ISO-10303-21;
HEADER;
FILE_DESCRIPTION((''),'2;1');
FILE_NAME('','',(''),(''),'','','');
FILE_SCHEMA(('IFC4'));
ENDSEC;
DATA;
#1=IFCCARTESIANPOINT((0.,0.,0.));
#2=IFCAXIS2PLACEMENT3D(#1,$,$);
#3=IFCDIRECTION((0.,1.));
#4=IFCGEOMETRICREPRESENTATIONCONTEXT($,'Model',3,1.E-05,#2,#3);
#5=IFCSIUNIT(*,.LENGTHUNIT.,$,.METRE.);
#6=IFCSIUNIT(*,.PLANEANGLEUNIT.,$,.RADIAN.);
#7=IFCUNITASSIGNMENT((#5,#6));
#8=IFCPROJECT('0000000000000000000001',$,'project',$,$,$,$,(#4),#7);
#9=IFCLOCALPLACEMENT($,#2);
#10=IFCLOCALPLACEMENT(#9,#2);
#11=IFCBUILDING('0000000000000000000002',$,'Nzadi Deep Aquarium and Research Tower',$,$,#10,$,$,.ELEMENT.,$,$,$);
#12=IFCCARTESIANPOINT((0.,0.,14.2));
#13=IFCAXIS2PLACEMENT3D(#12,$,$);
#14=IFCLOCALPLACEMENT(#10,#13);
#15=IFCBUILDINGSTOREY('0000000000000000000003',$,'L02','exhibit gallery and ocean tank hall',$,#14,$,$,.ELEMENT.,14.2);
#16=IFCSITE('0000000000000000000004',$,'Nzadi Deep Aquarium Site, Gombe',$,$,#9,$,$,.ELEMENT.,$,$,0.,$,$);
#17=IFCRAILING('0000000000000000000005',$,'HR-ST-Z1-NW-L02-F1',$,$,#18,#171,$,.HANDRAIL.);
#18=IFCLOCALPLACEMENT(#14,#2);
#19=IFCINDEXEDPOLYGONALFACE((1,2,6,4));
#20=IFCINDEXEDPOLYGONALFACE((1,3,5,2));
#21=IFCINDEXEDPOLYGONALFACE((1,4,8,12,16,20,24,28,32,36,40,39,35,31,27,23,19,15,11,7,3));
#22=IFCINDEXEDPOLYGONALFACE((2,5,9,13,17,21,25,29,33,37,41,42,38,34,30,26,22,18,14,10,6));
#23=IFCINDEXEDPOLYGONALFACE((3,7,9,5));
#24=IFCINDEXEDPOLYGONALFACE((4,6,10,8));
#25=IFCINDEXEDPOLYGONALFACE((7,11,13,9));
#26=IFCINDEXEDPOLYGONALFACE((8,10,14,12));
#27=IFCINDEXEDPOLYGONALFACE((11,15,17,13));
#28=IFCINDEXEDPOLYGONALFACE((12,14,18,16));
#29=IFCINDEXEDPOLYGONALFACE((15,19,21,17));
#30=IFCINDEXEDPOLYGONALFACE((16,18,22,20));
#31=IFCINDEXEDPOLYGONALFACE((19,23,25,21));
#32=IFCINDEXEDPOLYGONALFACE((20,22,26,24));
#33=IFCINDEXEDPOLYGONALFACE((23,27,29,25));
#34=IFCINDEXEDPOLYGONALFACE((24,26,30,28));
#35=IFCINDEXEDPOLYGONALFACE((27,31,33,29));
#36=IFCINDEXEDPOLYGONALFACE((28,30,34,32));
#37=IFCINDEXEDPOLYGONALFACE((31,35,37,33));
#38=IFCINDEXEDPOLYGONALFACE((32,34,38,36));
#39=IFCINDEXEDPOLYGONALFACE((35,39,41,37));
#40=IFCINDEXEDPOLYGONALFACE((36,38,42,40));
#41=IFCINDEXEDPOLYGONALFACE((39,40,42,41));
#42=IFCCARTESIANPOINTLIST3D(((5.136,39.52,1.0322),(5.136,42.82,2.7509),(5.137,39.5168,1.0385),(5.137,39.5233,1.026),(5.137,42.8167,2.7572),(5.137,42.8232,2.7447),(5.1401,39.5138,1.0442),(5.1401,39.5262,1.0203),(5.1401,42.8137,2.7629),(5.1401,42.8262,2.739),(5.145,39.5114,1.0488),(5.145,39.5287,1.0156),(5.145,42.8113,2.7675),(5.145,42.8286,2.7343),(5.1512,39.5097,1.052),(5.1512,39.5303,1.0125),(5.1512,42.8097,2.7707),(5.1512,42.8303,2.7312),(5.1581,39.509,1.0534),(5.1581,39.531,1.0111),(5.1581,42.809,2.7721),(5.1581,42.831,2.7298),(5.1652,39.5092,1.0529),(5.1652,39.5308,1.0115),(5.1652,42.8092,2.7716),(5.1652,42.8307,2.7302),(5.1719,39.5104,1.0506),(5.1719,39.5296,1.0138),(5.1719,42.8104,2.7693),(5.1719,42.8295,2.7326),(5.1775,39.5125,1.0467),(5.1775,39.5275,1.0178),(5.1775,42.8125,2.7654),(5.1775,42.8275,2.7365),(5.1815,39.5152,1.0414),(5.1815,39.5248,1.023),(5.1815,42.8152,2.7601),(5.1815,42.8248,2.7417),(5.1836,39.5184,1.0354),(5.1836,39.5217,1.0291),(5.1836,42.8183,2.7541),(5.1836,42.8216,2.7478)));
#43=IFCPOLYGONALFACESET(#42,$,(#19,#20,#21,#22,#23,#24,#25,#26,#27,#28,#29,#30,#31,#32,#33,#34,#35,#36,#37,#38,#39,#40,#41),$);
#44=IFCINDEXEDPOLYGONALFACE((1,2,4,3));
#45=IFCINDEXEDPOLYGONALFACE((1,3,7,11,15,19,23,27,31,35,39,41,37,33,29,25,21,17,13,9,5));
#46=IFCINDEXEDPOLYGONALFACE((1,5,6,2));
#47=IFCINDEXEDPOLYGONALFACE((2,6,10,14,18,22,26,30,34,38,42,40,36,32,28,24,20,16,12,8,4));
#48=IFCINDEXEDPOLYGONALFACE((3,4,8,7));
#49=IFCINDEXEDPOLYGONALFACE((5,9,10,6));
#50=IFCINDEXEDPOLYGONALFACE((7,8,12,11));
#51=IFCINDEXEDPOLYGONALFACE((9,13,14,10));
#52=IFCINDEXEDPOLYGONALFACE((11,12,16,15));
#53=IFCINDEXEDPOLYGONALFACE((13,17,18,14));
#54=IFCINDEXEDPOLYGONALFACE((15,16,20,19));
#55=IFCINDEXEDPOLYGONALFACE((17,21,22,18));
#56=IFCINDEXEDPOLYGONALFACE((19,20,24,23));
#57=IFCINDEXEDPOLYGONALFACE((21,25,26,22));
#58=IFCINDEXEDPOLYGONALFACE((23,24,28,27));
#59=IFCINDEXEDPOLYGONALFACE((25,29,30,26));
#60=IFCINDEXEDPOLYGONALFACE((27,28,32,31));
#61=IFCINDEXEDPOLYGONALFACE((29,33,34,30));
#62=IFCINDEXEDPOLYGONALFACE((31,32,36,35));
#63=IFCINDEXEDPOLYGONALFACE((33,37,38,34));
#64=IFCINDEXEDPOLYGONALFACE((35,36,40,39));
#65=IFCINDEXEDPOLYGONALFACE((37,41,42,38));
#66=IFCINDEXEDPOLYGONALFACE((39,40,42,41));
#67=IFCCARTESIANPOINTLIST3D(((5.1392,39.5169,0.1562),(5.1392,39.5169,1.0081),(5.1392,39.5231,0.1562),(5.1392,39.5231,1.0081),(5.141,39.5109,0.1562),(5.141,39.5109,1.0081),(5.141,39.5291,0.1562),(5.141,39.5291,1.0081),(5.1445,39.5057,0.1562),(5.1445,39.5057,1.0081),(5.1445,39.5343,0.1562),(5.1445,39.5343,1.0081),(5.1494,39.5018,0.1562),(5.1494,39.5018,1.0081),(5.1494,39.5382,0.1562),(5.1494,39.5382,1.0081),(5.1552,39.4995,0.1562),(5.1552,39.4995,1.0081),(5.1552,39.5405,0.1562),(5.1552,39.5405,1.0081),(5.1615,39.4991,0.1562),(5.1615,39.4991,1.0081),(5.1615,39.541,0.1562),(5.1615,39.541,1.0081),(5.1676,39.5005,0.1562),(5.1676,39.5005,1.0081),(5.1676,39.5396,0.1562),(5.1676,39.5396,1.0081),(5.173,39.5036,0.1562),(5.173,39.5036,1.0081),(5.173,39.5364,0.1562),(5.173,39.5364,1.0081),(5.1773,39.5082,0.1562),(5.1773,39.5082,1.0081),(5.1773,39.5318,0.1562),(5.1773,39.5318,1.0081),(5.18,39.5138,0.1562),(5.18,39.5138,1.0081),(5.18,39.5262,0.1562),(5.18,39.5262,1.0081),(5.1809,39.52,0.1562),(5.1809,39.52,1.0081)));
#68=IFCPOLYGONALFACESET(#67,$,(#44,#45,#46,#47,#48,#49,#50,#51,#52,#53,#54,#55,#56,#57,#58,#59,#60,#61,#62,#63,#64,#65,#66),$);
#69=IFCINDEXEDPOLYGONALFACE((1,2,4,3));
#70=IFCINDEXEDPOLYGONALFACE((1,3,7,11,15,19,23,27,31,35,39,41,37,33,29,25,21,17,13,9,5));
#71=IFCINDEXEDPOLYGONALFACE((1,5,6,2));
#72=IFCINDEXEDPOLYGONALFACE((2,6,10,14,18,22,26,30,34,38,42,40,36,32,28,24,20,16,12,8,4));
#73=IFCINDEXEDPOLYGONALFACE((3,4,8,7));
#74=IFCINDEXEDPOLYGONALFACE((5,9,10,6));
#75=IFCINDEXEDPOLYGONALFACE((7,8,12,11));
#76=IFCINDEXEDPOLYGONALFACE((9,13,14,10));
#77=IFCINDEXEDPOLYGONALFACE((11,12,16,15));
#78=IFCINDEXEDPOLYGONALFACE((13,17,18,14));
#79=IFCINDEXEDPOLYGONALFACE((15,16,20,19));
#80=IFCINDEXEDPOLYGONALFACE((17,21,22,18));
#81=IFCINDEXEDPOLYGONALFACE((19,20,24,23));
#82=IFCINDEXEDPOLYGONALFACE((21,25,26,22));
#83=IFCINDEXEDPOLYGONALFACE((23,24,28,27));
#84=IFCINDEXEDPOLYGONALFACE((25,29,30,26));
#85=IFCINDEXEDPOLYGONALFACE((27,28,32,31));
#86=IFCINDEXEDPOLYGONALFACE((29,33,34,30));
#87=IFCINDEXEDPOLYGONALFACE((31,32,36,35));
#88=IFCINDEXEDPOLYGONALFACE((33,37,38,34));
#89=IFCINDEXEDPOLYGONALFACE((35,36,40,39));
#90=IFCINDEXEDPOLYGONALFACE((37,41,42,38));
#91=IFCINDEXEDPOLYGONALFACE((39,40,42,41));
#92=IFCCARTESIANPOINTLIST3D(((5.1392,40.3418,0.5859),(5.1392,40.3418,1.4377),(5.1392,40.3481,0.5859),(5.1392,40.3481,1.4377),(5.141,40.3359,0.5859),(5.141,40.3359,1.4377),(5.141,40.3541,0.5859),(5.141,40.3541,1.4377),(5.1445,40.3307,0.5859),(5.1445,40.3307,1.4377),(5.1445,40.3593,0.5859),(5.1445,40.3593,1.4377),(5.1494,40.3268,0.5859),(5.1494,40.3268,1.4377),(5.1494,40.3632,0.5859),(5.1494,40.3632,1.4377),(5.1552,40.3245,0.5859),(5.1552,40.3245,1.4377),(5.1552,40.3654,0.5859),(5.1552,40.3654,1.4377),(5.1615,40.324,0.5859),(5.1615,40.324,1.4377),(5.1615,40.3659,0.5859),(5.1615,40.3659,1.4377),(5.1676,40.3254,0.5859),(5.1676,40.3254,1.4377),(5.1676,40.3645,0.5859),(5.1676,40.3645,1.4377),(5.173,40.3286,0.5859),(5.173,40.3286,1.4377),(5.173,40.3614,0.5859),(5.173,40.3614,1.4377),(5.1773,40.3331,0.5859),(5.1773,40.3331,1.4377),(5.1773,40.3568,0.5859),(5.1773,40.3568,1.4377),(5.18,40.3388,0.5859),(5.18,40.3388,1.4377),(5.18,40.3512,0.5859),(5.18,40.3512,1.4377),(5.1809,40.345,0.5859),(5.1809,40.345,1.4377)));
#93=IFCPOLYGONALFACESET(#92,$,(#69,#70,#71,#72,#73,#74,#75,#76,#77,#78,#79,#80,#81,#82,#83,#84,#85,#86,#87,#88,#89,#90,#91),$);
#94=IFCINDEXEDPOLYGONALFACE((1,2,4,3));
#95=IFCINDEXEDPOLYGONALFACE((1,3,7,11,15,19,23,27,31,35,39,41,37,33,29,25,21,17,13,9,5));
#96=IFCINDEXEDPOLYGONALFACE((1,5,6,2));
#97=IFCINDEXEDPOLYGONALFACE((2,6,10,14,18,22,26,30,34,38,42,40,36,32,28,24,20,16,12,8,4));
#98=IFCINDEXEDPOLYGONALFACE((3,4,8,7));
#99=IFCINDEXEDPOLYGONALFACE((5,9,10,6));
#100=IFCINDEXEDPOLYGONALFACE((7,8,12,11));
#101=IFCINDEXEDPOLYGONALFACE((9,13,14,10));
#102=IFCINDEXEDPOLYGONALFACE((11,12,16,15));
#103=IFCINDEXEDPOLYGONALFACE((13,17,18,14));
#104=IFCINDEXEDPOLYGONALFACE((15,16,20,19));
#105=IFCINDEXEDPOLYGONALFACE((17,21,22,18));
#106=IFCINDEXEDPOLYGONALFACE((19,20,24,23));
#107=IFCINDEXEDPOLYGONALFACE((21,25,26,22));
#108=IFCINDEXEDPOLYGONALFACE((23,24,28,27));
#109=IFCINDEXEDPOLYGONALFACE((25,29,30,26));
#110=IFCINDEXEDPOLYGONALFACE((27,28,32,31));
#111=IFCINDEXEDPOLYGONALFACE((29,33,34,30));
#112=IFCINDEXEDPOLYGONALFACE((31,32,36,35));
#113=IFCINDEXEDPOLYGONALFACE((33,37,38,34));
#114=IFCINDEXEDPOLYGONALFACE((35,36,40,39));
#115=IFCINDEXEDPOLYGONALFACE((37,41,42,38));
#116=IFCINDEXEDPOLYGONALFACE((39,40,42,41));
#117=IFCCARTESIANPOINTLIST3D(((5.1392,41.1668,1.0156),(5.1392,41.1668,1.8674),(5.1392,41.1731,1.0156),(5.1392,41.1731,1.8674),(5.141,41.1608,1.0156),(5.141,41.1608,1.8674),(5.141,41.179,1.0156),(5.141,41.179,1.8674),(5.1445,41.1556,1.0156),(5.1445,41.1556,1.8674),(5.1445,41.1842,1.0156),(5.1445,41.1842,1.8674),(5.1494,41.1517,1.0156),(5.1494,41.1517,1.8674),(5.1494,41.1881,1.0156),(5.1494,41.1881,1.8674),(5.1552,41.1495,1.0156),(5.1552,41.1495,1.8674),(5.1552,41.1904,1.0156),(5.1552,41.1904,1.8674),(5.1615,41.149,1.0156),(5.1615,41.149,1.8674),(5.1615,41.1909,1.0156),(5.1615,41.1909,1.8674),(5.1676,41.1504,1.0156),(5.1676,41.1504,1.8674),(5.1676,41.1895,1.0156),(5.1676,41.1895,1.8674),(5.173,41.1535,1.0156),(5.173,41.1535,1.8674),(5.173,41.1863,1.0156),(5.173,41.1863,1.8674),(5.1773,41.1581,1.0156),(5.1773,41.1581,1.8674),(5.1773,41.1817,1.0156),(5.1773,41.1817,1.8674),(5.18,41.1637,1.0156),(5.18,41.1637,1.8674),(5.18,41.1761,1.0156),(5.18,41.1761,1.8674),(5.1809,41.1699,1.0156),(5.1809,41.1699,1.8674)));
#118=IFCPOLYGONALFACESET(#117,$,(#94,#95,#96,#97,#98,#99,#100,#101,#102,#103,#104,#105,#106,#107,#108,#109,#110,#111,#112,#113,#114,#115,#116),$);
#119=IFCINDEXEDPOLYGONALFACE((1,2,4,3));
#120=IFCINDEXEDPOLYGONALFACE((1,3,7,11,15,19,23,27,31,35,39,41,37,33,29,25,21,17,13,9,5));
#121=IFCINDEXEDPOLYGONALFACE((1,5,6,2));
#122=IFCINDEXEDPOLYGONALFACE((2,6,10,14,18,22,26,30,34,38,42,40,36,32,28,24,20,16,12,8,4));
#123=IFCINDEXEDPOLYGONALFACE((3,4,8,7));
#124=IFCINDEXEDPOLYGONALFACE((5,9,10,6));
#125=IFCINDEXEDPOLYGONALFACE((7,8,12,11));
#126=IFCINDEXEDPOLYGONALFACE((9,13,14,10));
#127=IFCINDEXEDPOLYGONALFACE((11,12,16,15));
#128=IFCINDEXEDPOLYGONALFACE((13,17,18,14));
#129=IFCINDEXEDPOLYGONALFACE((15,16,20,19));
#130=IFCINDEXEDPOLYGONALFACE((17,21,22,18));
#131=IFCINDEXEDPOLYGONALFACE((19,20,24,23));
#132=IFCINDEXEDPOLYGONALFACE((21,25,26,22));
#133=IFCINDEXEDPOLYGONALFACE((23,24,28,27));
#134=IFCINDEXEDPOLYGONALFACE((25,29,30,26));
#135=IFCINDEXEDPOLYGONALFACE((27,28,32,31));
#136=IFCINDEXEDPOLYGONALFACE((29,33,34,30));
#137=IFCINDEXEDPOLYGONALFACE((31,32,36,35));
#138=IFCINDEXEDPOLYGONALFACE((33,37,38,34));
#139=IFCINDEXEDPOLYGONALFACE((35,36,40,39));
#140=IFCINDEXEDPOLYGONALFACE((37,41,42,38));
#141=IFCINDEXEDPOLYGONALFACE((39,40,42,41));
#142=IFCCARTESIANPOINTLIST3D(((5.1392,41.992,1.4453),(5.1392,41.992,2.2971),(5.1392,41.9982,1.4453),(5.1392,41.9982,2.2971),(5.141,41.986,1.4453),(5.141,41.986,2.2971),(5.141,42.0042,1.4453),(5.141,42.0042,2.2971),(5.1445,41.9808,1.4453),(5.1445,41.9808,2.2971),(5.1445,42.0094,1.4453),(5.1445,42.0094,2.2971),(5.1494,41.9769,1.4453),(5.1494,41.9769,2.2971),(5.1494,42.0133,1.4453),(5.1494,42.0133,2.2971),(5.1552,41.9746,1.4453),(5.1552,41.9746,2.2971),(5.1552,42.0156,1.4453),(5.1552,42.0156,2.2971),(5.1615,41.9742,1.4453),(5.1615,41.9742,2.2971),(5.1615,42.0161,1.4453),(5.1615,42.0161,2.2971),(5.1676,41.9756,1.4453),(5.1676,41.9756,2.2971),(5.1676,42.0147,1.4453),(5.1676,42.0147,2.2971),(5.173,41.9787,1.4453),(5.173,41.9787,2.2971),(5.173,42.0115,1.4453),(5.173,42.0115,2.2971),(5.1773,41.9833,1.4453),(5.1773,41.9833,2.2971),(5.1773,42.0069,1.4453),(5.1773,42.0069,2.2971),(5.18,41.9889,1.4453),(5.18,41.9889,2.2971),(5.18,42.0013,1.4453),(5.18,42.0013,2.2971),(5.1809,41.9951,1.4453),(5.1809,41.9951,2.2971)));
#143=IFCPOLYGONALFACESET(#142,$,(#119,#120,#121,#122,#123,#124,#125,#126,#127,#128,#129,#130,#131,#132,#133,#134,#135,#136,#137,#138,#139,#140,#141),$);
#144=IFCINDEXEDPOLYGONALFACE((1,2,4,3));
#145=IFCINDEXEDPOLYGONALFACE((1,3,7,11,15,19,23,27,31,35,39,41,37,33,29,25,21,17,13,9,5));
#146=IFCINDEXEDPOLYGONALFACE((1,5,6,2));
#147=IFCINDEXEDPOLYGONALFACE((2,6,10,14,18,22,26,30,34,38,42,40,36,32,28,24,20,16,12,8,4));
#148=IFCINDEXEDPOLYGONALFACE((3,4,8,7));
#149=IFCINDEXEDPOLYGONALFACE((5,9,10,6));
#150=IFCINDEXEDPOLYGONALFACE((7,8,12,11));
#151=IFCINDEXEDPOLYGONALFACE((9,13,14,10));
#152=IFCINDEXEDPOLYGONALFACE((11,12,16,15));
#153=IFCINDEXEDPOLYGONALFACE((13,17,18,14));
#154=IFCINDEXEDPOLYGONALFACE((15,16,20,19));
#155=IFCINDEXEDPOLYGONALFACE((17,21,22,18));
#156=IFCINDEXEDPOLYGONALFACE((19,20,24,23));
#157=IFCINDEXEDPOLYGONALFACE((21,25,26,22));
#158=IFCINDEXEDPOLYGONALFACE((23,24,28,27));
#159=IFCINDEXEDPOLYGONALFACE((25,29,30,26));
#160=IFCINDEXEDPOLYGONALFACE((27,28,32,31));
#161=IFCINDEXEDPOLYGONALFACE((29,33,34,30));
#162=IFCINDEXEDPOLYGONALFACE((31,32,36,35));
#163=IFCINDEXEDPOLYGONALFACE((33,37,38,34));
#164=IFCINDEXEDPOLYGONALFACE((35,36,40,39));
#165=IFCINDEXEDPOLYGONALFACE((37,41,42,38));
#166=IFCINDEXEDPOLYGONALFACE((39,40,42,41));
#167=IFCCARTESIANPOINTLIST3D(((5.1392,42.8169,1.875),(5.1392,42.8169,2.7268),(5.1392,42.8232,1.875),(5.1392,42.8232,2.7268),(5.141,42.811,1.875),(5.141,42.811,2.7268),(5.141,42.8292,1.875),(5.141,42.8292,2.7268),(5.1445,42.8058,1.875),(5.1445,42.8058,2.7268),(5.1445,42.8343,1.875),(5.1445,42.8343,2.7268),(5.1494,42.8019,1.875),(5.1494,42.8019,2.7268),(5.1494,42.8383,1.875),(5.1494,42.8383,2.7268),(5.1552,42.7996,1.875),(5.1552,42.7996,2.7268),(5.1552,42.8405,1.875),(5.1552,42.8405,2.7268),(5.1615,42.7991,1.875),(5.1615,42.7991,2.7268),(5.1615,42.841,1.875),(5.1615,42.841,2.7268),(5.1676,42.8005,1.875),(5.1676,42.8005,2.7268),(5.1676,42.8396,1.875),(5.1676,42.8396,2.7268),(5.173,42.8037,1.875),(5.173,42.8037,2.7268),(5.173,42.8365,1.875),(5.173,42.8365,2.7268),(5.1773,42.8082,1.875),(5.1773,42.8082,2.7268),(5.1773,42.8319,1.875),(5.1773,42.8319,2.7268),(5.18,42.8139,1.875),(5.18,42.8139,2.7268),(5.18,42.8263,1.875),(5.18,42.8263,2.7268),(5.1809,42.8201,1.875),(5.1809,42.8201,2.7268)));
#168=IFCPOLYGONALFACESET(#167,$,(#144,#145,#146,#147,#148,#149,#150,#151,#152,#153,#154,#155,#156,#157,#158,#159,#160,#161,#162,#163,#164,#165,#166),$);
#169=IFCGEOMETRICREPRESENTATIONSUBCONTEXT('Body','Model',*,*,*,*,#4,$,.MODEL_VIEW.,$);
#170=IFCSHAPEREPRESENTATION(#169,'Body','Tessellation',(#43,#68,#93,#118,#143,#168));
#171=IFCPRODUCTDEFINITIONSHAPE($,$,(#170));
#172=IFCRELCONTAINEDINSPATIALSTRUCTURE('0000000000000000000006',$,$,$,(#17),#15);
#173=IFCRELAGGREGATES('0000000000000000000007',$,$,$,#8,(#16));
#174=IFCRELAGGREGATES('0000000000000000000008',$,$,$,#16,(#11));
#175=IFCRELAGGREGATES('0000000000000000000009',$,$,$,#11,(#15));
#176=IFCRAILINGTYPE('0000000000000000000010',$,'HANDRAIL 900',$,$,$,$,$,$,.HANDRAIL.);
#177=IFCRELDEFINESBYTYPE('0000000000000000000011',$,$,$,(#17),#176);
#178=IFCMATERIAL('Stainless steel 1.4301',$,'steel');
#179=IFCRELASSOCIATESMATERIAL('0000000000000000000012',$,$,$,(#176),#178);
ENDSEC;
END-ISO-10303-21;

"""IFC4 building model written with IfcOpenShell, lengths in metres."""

from ifc_helpers import new_model, si_unit, direction, frame, origin, origin_2d, place, context, subcontext, project, spatial, circle, extrude, material, type_object, element, save


model = new_model("IFC4")

# Units and contexts
model_context = context("Model", 3, precision=1e-05, world=origin(), true_north=direction((0.0, 1.0)))
body_context = subcontext(model_context, "Body", "Model", "MODEL_VIEW")
ifc_project = project(units=[si_unit("LENGTHUNIT", "METRE"), si_unit("PLANEANGLEUNIT", "RADIAN")], contexts=[model_context])

# Site, building, storey
site_placement = place(None, origin())
site = spatial("IfcSite", under=ifc_project, at=site_placement, Name="Nzadi Deep Aquarium Site, Gombe", CompositionType="ELEMENT", RefElevation=0.0)
building_placement = place(site_placement, origin())
building = spatial("IfcBuilding", under=site, at=building_placement, Name="Nzadi Deep Aquarium and Research Tower", CompositionType="ELEMENT")
storey_placement = place(building_placement, frame((0.0, 0.0, 14.2)))
storey = spatial("IfcBuildingStorey", under=building, at=storey_placement, Name="L02", Description="exhibit gallery and ocean tank hall", CompositionType="ELEMENT", Elevation=14.2)

# Railing
ifc_material_1 = material(Name="Stainless steel 1.4301", Category="steel")
railing_type = type_object("IfcRailingType", Name="HANDRAIL 900", PredefinedType="HANDRAIL", material=ifc_material_1)
for number, where, name in (
    (1, (5.1599, 39.52, 0.1562), "HR-ST-Z1-NW-L02-F1"),
):
    element("IfcRailing", number, at=place(storey_placement, frame(where)), inside=storey, type_object=railing_type, Name=name, PredefinedType="HANDRAIL", context=body_context, shape_type="SweptSolid", body=[
        extrude(circle(Radius=0.0239, at=origin_2d()), frame((0.0, 0.0, 0.876), z_axis=(0.0, 0.886917, 0.461929), x_axis=(-1.0, 0.0, 0.0)), (0.0, 0.0, 1.0), 3.7207),
        extrude(circle(Radius=0.021, at=origin_2d()), origin(), (0.0, 0.0, 1.0), 0.8518),
        extrude(circle(Radius=0.021, at=origin_2d()), frame((0.0, 0.825, 0.4297)), (0.0, 0.0, 1.0), 0.8518),
        extrude(circle(Radius=0.021, at=origin_2d()), frame((0.0, 1.6499, 0.8594)), (0.0, 0.0, 1.0), 0.8518),
        extrude(circle(Radius=0.021, at=origin_2d()), frame((0.0, 2.4751, 1.2891)), (0.0, 0.0, 1.0), 0.8518),
        extrude(circle(Radius=0.021, at=origin_2d()), frame((0.0, 3.3, 1.7188)), (0.0, 0.0, 1.0), 0.8518),
    ])

save(model, "model.ifc")
